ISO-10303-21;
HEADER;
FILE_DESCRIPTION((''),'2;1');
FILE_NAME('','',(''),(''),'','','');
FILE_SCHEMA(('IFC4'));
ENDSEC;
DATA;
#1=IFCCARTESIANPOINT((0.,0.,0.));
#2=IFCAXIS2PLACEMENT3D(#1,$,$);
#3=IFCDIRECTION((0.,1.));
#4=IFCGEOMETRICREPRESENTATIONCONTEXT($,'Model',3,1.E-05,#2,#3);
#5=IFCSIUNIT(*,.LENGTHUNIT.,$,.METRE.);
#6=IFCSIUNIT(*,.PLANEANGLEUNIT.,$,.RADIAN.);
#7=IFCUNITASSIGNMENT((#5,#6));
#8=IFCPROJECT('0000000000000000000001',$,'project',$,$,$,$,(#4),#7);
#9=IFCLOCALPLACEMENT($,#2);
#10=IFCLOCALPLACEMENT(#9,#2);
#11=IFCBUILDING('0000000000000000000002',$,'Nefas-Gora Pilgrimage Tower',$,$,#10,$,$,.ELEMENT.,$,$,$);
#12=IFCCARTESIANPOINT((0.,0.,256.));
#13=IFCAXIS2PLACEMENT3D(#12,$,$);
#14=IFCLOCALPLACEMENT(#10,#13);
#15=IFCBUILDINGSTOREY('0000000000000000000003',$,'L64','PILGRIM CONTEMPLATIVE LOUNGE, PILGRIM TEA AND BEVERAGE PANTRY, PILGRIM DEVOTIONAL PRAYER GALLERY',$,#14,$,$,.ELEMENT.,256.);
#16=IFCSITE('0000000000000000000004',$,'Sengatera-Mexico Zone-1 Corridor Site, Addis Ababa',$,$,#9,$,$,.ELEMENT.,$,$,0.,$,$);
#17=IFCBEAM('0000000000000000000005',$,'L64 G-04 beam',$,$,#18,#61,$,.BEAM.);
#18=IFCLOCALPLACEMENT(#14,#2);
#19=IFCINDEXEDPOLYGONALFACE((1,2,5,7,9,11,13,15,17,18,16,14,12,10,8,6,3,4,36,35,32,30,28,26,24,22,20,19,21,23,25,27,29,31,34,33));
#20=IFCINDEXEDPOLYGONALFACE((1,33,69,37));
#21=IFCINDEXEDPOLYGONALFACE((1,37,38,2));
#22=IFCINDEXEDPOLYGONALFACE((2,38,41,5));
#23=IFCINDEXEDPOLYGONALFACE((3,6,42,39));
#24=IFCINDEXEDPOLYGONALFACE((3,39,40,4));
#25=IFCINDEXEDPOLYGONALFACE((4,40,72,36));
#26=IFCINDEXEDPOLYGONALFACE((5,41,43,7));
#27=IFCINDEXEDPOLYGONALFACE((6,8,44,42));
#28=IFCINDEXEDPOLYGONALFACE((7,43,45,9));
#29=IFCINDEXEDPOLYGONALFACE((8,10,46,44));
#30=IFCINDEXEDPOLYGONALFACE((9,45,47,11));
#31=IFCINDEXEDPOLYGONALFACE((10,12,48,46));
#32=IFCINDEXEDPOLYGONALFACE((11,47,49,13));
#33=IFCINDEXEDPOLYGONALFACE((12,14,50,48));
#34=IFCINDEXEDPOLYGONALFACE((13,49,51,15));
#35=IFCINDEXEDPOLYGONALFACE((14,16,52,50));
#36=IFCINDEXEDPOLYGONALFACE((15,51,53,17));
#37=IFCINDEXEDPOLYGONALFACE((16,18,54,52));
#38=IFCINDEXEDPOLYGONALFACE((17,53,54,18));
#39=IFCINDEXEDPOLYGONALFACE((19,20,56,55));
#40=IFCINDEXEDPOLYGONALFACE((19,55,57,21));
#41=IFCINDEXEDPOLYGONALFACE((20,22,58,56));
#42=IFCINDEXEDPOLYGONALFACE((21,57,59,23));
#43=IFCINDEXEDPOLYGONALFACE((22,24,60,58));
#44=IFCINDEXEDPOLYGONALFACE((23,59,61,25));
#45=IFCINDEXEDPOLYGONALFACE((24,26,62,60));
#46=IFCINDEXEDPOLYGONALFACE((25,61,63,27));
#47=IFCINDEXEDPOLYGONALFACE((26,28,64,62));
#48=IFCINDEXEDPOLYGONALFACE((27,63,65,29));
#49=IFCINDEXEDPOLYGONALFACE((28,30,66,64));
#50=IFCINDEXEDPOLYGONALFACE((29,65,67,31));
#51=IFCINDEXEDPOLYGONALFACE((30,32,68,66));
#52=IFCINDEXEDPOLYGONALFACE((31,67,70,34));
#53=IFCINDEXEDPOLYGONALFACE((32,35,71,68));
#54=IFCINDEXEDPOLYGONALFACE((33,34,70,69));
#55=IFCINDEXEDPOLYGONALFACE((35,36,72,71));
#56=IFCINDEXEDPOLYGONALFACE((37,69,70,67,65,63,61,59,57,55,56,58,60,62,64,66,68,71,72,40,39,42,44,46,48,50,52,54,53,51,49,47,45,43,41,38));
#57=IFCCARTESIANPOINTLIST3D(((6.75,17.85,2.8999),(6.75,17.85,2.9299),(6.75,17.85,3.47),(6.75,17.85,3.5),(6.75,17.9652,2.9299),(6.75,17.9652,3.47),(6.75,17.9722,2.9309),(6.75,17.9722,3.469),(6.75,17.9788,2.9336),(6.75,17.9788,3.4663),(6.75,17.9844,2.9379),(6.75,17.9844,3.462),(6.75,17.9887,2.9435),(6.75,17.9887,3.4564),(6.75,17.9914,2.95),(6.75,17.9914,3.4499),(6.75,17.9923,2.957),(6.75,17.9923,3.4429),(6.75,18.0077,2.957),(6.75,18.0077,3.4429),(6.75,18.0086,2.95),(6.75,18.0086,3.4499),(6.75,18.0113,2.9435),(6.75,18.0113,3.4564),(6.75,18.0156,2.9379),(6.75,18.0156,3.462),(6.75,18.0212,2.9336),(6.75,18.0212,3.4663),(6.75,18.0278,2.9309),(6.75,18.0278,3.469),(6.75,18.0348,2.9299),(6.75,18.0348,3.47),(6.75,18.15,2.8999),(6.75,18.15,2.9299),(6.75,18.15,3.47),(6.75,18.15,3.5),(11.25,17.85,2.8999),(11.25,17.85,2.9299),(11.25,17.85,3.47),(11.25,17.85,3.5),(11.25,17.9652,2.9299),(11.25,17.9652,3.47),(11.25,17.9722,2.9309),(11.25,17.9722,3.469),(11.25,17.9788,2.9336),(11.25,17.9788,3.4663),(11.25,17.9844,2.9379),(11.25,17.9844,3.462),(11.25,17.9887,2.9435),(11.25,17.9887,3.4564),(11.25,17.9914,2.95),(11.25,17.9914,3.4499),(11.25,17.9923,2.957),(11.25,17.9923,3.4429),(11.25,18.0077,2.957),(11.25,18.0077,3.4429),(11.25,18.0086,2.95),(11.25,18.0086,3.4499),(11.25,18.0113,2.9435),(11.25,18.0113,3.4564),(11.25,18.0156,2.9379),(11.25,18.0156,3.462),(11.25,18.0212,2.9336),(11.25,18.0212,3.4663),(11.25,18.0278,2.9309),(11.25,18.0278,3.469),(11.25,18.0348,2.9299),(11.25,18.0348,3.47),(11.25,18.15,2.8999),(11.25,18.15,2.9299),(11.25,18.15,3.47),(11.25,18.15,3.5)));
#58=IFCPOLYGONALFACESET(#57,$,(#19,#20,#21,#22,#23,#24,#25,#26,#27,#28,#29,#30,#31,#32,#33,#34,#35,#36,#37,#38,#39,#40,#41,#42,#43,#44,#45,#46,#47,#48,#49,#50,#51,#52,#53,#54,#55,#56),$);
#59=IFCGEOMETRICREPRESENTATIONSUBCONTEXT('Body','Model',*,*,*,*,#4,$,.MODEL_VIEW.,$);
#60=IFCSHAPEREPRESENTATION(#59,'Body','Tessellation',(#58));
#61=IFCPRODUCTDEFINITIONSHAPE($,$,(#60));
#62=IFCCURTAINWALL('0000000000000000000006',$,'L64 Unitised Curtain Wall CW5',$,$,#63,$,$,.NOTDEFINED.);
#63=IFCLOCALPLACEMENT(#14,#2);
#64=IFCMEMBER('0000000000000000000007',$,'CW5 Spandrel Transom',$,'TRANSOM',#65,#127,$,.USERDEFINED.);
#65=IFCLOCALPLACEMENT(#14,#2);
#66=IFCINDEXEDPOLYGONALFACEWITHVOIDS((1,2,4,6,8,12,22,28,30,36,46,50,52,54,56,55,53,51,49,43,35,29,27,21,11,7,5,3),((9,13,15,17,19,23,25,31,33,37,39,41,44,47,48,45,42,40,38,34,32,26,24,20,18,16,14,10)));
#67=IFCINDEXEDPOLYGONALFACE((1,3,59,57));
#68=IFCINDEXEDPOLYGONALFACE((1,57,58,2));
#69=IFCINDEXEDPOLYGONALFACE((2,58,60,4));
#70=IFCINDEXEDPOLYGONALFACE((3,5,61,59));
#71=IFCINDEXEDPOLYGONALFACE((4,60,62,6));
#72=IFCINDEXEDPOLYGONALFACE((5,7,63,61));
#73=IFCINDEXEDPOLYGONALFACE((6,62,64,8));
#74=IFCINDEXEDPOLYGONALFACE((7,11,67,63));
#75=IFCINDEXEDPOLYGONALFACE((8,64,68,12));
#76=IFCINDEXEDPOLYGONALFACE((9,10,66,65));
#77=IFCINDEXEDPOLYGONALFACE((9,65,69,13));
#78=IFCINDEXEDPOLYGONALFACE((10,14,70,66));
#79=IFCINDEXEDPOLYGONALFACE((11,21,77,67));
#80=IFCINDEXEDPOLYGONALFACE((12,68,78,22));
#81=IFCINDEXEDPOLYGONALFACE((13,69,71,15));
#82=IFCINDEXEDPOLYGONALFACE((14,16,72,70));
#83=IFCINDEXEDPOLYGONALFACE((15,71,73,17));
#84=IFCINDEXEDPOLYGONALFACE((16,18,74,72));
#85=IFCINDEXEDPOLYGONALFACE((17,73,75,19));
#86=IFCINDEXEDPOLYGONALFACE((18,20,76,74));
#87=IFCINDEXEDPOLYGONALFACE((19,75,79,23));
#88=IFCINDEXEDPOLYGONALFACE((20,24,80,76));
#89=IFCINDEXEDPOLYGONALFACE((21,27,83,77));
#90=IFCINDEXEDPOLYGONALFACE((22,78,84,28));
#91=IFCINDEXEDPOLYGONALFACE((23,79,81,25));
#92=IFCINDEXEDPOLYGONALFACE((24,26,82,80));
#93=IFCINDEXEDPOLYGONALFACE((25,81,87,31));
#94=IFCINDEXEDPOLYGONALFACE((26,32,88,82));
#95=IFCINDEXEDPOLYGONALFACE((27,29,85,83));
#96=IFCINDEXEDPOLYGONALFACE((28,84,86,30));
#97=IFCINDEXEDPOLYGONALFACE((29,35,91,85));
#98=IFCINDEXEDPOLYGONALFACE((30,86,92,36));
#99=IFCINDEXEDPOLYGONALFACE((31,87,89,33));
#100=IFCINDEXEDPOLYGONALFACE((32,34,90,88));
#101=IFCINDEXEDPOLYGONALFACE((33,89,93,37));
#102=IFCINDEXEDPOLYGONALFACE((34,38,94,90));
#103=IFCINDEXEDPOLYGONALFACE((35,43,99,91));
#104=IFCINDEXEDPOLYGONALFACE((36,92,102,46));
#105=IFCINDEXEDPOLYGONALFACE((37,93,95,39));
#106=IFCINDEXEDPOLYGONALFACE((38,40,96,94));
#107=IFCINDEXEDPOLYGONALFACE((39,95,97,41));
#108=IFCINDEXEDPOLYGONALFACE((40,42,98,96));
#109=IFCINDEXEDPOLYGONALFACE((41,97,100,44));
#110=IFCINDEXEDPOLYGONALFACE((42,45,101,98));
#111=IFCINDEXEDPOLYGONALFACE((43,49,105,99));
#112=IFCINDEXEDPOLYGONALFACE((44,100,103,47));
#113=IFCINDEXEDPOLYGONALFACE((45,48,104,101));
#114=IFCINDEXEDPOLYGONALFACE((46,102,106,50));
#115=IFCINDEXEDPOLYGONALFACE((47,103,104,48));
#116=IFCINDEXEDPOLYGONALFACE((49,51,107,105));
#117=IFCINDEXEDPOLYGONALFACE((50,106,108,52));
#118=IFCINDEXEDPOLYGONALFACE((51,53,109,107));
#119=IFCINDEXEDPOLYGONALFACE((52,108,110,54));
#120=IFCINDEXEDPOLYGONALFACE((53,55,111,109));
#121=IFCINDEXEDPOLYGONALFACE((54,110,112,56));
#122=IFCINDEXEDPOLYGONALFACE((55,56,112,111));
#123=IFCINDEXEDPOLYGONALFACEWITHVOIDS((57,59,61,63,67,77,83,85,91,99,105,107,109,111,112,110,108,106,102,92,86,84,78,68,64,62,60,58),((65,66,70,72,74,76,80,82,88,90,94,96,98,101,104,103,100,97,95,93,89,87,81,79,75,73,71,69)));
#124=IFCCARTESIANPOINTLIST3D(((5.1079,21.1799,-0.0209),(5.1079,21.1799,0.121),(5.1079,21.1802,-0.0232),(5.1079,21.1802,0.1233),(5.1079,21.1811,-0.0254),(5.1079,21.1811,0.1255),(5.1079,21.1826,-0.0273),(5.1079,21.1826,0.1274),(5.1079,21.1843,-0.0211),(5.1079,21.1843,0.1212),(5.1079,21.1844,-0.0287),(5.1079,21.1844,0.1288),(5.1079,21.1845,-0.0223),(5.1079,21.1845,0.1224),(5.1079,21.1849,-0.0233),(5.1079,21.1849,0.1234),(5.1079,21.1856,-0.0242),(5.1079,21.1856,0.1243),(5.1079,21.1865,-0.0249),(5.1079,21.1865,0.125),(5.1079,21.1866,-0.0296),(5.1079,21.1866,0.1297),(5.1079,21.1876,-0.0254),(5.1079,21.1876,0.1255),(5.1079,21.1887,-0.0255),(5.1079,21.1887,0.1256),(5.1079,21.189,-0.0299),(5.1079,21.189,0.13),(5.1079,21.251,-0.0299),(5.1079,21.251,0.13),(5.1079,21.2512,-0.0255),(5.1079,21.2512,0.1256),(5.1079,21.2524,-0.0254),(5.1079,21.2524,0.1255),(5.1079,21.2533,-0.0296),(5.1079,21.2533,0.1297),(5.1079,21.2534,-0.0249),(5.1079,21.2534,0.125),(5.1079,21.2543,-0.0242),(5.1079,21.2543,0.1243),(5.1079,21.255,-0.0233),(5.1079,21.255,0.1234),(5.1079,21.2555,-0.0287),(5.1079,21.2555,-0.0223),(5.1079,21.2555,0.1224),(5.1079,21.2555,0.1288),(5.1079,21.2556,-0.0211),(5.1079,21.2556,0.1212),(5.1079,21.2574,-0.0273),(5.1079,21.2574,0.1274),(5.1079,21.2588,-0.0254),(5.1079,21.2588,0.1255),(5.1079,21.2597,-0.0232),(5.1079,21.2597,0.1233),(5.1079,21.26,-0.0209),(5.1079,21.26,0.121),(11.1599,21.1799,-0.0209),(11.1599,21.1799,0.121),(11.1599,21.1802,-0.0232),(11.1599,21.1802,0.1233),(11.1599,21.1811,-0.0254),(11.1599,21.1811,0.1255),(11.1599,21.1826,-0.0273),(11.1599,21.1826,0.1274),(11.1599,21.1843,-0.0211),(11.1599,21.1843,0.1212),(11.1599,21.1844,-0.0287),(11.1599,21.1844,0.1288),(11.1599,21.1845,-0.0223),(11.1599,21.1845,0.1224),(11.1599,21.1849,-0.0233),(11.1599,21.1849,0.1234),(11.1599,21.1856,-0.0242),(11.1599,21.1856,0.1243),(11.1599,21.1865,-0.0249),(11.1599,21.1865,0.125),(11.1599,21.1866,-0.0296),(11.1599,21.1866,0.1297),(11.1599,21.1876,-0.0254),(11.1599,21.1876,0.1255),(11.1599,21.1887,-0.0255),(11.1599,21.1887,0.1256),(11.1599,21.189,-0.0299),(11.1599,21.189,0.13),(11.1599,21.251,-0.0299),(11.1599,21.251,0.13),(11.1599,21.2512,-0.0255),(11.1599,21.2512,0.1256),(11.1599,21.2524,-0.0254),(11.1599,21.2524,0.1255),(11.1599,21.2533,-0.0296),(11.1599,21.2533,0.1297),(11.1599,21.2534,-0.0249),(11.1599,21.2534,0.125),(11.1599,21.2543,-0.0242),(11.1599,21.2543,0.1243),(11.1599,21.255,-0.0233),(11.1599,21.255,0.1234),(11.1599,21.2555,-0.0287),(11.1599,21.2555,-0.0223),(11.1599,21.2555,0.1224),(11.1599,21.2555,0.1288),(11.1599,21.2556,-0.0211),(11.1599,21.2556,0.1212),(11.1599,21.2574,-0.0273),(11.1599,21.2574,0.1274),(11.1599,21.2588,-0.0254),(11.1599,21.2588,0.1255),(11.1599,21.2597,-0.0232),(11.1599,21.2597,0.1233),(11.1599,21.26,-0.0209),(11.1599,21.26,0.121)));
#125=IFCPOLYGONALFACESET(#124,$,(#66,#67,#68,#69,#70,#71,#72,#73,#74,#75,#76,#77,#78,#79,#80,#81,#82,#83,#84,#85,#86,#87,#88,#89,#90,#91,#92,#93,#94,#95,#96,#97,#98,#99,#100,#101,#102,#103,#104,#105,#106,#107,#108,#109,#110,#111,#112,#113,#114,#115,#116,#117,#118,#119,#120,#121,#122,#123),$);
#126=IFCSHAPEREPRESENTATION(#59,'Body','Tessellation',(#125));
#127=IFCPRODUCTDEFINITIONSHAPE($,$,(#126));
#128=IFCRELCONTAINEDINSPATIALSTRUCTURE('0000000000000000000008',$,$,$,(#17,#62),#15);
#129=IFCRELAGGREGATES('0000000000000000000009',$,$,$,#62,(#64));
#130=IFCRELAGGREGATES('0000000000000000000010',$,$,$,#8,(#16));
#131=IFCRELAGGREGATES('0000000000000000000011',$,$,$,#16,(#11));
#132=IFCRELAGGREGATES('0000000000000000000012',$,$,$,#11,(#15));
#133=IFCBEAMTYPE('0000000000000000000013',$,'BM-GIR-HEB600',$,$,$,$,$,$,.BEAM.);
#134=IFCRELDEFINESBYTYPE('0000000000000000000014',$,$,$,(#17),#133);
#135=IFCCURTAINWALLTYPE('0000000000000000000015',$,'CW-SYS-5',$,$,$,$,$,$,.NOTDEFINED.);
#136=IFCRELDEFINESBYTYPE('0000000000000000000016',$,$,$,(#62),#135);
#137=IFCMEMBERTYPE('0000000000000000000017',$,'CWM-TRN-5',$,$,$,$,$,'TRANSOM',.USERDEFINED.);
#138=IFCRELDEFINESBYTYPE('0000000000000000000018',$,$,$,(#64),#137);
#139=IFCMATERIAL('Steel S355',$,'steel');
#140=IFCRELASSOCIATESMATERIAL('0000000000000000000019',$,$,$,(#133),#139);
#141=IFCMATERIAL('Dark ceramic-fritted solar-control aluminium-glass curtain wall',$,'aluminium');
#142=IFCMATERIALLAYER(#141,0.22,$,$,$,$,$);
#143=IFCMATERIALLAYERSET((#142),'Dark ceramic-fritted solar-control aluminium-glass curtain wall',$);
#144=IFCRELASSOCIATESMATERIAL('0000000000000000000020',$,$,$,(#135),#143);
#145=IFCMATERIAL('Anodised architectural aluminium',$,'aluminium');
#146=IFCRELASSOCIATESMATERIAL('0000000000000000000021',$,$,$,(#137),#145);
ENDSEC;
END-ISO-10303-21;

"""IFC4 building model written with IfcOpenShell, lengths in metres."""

from ifc_helpers import new_model, si_unit, direction, frame, origin, origin_2d, place, context, subcontext, project, spatial, hollow_rectangle, i_section, extrude, source, transform, mapped, material, layer, layer_set, material_profile, profile_set, type_object, element, aggregate, save


model = new_model("IFC4")

# Units and contexts
model_context = context("Model", 3, precision=1e-05, world=origin(), true_north=direction((0.0, 1.0)))
body_context = subcontext(model_context, "Body", "Model", "MODEL_VIEW")
ifc_project = project(units=[si_unit("LENGTHUNIT", "METRE"), si_unit("PLANEANGLEUNIT", "RADIAN")], contexts=[model_context])

# Site, building, storey
site_placement = place(None, origin())
site = spatial("IfcSite", under=ifc_project, at=site_placement, Name="Sengatera-Mexico Zone-1 Corridor Site, Addis Ababa", CompositionType="ELEMENT", RefElevation=0.0)
building_placement = place(site_placement, origin())
building = spatial("IfcBuilding", under=site, at=building_placement, Name="Nefas-Gora Pilgrimage Tower", CompositionType="ELEMENT")
storey_placement = place(building_placement, frame((0.0, 0.0, 256.0)))
storey = spatial("IfcBuildingStorey", under=building, at=storey_placement, Name="L64", Description="PILGRIM CONTEMPLATIVE LOUNGE, PILGRIM TEA AND BEVERAGE PANTRY, PILGRIM DEVOTIONAL PRAYER GALLERY", CompositionType="ELEMENT", Elevation=256.0)

# Beam
ifc_material_1 = material(Name="Steel S355", Category="steel")
ifc_material_profile_1 = material_profile(ifc_material_1, i_section(OverallWidth=0.3, OverallDepth=0.6001, WebThickness=0.0154, FlangeThickness=0.03, FilletRadius=0.0271, at=origin_2d()), Name="HEB 600")
ifc_profile_set_1 = profile_set([ifc_material_profile_1], Name="Steel S355")
beam_type = type_object("IfcBeamType", Name="BM-GIR-HEB600", PredefinedType="BEAM", material=ifc_profile_set_1)
shared_shape_1 = source(origin(), body_context, "Body", "SweptSolid", [
    extrude(i_section(OverallWidth=0.3, OverallDepth=0.6001, WebThickness=0.0154, FlangeThickness=0.03, FilletRadius=0.0271, at=origin_2d()), origin(), (0.0, 0.0, 1.0), 4.5),
])
for number, where, z_axis, x_axis, name in (
    (1, (6.75, 18.0, 3.2), (1.0, 0.0, 0.0), (0.0, 1.0, 0.0), "L64 G-04 beam"),
):
    element("IfcBeam", number, at=place(storey_placement, frame(where, z_axis=z_axis, x_axis=x_axis)), inside=storey, type_object=beam_type, Name=name, PredefinedType="BEAM", context=body_context, shape_type="MappedRepresentation", body=[
        mapped(shared_shape_1, transform((0.0, 0.0, 0.0), x_axis=(1.0, 0.0, 0.0), y_axis=(0.0, 1.0, 0.0), z_axis=(0.0, 0.0, 1.0), scale=1.0)),
    ])

# Curtain wall, member
ifc_material_2 = material(Name="Dark ceramic-fritted solar-control aluminium-glass curtain wall", Category="aluminium")
ifc_layer_1 = layer(ifc_material_2, 0.22)
ifc_layer_set_1 = layer_set([ifc_layer_1], Name="Dark ceramic-fritted solar-control aluminium-glass curtain wall")
curtain_wall_type = type_object("IfcCurtainWallType", Name="CW-SYS-5", PredefinedType="NOTDEFINED", material=ifc_layer_set_1)
curtain_wall_placement = place(storey_placement, origin())
curtain_wall = element("IfcCurtainWall", 2, at=curtain_wall_placement, inside=storey, type_object=curtain_wall_type, Name="L64 Unitised Curtain Wall CW5", PredefinedType="NOTDEFINED")
ifc_material_3 = material(Name="Anodised architectural aluminium", Category="aluminium")
ifc_material_profile_2 = material_profile(ifc_material_3, hollow_rectangle(XDim=0.0801, YDim=0.1599, WallThickness=0.0044, InnerFilletRadius=0.0044, OuterFilletRadius=0.009, at=origin_2d()), Name="ALU TRANSOM 80x160")
ifc_profile_set_2 = profile_set([ifc_material_profile_2], Name="Anodised architectural aluminium")
member_type_1 = type_object("IfcMemberType", Name="CWM-TRN-5", ElementType="TRANSOM", PredefinedType="USERDEFINED", material=ifc_profile_set_2)
shared_shape_2 = source(origin(), body_context, "Body", "SweptSolid", [
    extrude(hollow_rectangle(XDim=0.0801, YDim=0.1599, WallThickness=0.0044, InnerFilletRadius=0.0044, OuterFilletRadius=0.009, at=origin_2d()), origin(), (0.0, 0.0, 1.0), 6.052),
])
member_1_placement = place(storey_placement, frame((11.1599, 21.22, 0.05), z_axis=(-1.0, 0.0, 0.0), x_axis=(0.0, -1.0, 0.0)))
member_1 = element("IfcMember", 3, at=member_1_placement, type_object=member_type_1, Name="CW5 Spandrel Transom", ObjectType="TRANSOM", PredefinedType="USERDEFINED", context=body_context, shape_type="MappedRepresentation", body=[
    mapped(shared_shape_2, transform((0.0, 0.0, 0.0), x_axis=(1.0, 0.0, 0.0), y_axis=(0.0, 1.0, 0.0), z_axis=(0.0, 0.0, 1.0), scale=1.0)),
])
aggregate(curtain_wall, [member_1])

save(model, "model.ifc")
